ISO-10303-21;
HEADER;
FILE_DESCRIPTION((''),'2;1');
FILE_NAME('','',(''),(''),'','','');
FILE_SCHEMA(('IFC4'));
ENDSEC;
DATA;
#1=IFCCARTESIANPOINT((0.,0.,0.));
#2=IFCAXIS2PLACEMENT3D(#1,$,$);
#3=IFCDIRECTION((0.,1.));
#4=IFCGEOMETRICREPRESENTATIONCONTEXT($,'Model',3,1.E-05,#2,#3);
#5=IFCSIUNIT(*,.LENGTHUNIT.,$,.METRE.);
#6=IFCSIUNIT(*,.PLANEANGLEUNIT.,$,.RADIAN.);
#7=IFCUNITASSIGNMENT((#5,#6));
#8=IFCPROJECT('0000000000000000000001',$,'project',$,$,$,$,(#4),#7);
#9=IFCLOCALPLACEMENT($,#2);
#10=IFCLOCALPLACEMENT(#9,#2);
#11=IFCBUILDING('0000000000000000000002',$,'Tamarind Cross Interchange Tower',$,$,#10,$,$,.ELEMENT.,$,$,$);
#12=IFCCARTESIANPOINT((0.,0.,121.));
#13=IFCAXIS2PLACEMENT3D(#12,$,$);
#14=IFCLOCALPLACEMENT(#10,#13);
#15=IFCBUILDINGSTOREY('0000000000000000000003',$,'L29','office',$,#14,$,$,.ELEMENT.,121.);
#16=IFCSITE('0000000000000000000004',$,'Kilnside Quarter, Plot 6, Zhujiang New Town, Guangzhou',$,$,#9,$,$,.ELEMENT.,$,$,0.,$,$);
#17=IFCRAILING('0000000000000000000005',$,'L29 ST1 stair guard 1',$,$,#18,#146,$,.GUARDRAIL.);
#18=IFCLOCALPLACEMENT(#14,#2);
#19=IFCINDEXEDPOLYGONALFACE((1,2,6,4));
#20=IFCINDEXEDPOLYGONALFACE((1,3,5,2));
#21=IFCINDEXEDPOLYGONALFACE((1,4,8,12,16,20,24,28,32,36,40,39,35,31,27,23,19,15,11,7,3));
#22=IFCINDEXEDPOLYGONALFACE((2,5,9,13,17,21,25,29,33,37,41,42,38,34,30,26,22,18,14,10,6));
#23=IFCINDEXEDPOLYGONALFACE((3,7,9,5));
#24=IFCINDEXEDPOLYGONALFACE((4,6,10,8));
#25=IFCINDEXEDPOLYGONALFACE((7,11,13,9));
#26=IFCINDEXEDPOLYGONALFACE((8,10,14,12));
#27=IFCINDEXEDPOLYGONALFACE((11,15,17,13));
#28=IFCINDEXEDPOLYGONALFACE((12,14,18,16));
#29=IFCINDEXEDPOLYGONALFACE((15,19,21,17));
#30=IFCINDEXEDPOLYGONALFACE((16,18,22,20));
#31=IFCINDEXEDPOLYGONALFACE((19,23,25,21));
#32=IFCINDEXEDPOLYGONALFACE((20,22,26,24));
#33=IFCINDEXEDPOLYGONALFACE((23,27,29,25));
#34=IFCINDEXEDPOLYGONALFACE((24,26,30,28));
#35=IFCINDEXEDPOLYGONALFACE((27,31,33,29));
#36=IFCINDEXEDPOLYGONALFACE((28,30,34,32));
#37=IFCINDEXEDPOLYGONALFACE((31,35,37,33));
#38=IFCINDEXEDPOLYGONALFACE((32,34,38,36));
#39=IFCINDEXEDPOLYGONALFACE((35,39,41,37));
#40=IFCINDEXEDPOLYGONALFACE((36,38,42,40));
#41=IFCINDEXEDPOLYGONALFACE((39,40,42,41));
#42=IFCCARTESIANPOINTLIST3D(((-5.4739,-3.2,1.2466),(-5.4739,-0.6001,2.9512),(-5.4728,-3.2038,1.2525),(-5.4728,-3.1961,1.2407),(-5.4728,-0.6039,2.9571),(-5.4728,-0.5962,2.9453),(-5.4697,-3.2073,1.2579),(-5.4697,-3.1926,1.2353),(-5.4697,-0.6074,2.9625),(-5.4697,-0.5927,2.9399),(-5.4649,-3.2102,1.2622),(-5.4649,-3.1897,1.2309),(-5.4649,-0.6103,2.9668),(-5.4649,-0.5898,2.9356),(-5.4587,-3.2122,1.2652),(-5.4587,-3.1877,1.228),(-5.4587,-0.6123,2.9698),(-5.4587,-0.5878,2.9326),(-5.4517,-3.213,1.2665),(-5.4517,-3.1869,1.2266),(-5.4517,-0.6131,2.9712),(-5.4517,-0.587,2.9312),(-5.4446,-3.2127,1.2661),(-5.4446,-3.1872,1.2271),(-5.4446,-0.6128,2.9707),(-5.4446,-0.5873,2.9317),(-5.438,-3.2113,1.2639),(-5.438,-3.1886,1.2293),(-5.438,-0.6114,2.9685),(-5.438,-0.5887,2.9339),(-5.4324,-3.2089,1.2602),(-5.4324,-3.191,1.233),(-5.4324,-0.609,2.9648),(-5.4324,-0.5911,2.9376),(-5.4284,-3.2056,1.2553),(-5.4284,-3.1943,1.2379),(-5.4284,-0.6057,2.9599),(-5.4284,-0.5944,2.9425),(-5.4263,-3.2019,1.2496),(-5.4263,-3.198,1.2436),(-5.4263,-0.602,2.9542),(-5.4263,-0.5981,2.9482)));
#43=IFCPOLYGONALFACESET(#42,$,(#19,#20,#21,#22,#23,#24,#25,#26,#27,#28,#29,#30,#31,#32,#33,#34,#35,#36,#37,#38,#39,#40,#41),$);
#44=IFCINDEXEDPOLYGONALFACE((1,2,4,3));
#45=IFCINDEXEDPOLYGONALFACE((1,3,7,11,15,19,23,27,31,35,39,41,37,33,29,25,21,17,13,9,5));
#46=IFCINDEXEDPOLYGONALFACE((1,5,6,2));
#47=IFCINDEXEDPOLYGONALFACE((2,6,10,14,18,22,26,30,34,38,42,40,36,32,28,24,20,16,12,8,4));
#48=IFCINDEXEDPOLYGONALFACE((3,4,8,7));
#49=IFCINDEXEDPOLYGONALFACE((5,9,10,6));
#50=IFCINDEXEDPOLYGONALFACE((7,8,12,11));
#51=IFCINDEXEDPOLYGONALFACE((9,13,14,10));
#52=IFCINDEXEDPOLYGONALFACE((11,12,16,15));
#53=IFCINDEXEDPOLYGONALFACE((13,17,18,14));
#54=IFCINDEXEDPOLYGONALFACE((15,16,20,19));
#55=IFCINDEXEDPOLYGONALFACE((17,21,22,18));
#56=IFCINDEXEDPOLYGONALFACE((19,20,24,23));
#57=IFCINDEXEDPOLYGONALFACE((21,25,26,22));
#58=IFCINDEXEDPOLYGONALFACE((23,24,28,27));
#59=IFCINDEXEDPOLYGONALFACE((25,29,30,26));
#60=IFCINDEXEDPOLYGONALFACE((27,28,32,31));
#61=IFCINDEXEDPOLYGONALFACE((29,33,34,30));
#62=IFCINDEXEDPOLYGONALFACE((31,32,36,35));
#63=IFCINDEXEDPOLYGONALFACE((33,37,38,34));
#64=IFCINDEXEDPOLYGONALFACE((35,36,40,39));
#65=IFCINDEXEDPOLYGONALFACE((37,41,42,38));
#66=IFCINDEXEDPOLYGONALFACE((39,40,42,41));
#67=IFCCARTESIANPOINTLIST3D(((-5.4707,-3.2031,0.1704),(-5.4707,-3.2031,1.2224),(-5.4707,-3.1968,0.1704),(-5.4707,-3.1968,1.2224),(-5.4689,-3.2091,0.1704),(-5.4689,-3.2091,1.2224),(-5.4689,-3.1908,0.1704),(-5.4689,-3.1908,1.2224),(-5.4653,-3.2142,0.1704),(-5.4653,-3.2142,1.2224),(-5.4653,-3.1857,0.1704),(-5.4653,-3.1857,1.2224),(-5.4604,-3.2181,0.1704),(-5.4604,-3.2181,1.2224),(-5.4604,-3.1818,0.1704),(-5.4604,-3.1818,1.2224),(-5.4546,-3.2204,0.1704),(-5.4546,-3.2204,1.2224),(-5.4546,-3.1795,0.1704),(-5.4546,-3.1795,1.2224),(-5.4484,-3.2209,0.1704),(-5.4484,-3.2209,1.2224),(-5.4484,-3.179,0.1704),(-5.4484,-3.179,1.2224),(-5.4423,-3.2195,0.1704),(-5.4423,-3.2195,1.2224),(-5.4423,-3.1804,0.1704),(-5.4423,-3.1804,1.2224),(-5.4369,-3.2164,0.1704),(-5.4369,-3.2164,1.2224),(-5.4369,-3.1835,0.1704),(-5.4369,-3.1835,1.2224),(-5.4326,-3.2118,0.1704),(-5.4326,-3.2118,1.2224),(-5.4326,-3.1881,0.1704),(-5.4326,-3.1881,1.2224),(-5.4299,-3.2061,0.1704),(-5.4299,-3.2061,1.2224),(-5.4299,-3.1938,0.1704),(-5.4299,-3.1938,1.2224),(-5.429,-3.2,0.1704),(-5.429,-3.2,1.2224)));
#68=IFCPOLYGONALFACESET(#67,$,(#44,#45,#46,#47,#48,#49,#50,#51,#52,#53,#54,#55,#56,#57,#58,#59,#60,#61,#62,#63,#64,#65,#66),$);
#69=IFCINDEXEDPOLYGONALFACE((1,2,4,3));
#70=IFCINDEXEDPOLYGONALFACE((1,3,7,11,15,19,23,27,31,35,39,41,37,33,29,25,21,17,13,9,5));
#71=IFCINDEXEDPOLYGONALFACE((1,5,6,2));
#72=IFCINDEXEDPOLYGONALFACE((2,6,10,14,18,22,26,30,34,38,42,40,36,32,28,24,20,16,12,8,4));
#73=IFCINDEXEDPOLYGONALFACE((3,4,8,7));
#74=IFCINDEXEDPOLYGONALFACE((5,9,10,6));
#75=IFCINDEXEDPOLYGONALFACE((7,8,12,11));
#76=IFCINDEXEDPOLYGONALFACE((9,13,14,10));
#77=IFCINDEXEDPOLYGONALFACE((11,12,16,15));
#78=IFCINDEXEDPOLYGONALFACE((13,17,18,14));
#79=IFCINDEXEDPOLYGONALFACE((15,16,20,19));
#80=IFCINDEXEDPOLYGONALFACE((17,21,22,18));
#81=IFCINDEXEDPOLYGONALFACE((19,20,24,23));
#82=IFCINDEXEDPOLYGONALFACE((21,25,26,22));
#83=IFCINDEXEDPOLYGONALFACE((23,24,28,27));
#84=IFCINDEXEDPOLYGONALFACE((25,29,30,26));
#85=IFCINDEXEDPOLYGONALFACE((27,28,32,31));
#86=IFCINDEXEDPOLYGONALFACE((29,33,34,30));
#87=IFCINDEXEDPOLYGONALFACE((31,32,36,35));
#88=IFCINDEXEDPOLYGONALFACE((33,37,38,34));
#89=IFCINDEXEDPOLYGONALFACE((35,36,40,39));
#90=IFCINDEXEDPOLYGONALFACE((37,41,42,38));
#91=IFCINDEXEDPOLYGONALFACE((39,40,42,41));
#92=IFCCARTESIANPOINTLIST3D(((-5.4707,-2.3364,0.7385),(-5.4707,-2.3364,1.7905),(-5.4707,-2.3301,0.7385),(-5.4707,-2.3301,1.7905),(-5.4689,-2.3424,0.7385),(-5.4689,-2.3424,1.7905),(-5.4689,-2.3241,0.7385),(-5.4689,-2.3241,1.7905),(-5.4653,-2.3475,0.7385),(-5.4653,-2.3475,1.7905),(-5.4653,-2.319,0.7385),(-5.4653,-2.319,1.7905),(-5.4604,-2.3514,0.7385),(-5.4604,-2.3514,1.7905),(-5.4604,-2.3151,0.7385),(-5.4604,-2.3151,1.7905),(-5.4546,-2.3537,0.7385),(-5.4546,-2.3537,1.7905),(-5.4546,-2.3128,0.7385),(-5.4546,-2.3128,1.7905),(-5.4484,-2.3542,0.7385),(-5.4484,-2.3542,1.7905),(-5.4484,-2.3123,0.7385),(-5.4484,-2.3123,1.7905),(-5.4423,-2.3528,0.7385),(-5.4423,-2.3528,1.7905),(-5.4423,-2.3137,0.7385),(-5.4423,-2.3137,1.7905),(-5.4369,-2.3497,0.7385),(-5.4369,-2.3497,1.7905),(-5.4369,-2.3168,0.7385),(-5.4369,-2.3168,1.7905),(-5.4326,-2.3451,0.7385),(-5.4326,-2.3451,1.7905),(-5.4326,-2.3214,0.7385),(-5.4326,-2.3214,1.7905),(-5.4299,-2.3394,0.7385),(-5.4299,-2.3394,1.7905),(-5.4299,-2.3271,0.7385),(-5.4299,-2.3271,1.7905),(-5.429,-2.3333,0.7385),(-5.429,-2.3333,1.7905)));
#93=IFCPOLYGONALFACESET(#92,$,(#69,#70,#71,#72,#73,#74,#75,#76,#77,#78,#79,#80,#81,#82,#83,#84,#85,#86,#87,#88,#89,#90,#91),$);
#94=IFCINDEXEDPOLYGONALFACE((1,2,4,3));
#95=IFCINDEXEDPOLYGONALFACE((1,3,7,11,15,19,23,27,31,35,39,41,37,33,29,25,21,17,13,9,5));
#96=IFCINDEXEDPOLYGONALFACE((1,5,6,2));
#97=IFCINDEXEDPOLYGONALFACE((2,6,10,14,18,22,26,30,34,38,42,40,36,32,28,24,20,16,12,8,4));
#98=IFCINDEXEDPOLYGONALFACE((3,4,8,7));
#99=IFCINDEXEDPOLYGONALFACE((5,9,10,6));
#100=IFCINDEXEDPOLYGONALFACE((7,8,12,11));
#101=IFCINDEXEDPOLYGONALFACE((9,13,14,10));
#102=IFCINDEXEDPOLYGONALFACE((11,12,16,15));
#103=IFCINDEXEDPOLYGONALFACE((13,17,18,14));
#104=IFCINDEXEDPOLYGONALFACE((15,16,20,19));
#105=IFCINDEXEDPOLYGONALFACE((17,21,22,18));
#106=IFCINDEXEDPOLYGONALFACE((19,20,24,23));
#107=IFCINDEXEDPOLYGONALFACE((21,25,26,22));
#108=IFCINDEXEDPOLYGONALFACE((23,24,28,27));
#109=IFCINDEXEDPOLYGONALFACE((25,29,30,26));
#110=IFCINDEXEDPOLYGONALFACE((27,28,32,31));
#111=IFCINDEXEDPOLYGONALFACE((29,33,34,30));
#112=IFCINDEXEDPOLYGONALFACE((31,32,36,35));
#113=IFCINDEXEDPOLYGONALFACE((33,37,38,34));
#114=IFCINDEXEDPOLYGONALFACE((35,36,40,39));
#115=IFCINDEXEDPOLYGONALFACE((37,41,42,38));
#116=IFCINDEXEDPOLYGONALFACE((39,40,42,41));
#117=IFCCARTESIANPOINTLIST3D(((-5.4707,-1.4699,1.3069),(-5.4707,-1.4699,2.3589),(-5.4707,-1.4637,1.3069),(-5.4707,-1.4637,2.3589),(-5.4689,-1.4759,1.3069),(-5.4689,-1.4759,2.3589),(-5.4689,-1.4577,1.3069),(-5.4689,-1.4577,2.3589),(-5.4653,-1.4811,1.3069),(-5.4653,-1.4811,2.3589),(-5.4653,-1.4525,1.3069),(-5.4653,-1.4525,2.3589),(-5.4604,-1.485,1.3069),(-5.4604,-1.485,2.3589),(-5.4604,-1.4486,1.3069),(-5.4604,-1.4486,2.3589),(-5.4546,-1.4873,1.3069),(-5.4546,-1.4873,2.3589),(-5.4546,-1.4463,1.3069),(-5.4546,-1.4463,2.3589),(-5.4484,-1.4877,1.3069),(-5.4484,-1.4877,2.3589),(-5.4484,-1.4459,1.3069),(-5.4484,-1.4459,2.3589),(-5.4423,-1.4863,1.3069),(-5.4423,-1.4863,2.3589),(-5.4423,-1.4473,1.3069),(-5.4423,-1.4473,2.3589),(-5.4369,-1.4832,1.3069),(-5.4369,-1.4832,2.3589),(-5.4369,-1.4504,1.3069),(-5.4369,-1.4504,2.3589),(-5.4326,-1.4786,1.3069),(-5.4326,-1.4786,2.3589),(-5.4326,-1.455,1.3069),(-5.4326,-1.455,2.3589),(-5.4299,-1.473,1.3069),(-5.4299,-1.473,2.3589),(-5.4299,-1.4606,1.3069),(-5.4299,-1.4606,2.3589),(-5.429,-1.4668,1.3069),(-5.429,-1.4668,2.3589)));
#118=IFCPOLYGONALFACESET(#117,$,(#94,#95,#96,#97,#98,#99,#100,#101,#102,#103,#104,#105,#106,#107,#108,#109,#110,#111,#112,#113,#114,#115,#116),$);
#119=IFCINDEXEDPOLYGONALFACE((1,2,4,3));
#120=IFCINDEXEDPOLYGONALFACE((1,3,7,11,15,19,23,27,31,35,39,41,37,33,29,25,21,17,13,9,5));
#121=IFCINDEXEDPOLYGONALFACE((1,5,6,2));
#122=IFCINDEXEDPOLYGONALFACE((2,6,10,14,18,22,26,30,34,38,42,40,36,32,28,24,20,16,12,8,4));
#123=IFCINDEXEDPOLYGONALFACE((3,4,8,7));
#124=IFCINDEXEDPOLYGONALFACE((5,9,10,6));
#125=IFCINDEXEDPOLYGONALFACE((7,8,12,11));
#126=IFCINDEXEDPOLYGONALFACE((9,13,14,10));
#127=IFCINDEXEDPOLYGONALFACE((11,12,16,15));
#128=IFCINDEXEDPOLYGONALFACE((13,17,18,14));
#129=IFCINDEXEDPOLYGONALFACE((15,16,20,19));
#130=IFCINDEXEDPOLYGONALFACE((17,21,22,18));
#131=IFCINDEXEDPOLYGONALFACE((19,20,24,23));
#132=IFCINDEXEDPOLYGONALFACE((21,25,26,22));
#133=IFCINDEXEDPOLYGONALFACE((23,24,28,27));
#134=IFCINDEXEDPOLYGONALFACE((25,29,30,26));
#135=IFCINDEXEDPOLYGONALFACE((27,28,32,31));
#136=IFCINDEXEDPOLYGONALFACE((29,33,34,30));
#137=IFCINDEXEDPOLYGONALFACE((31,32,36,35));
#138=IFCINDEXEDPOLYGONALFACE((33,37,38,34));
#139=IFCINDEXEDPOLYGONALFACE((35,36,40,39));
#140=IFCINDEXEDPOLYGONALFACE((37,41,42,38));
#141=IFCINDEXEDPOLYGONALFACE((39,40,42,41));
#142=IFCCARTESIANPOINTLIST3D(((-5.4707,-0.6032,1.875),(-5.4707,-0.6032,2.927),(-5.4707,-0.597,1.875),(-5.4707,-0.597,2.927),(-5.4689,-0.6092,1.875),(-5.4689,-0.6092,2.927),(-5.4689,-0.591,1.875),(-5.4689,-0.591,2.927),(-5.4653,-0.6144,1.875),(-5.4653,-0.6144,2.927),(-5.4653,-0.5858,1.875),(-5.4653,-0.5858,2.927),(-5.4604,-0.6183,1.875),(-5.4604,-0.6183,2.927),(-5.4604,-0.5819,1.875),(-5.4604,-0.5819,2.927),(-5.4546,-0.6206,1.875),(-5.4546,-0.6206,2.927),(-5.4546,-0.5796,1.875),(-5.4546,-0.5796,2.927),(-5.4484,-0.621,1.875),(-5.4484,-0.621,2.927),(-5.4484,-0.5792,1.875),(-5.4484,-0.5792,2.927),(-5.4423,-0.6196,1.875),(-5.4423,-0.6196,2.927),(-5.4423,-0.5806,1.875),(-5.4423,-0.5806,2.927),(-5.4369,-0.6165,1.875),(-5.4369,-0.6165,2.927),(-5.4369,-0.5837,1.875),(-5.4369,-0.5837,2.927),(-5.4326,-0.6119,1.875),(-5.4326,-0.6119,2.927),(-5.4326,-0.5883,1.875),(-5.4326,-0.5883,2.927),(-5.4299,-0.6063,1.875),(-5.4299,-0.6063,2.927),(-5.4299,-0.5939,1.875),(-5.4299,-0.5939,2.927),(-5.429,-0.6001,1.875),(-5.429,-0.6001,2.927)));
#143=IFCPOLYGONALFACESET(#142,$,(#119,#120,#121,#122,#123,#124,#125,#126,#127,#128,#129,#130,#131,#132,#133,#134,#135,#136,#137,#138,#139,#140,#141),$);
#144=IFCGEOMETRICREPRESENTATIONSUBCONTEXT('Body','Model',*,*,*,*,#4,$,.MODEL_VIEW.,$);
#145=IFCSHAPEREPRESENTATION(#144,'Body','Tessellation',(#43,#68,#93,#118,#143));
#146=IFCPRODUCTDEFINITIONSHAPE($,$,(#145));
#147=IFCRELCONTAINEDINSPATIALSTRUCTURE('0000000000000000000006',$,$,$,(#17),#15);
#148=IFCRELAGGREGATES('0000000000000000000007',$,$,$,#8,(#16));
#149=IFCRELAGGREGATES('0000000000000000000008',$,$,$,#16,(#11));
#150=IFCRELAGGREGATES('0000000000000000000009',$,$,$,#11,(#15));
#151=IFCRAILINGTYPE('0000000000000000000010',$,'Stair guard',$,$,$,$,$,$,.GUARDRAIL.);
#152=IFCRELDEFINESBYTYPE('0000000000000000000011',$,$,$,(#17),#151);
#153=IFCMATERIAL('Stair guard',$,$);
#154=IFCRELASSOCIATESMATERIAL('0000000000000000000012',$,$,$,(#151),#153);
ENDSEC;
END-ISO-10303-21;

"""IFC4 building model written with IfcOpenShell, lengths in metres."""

from ifc_helpers import new_model, si_unit, direction, frame, origin, origin_2d, place, context, subcontext, project, spatial, circle, extrude, material, type_object, element, save


model = new_model("IFC4")

# Units and contexts
model_context = context("Model", 3, precision=1e-05, world=origin(), true_north=direction((0.0, 1.0)))
body_context = subcontext(model_context, "Body", "Model", "MODEL_VIEW")
ifc_project = project(units=[si_unit("LENGTHUNIT", "METRE"), si_unit("PLANEANGLEUNIT", "RADIAN")], contexts=[model_context])

# Site, building, storey
site_placement = place(None, origin())
site = spatial("IfcSite", under=ifc_project, at=site_placement, Name="Kilnside Quarter, Plot 6, Zhujiang New Town, Guangzhou", CompositionType="ELEMENT", RefElevation=0.0)
building_placement = place(site_placement, origin())
building = spatial("IfcBuilding", under=site, at=building_placement, Name="Tamarind Cross Interchange Tower", CompositionType="ELEMENT")
storey_placement = place(building_placement, frame((0.0, 0.0, 121.0)))
storey = spatial("IfcBuildingStorey", under=building, at=storey_placement, Name="L29", Description="office", CompositionType="ELEMENT", Elevation=121.0)

# Railing
ifc_material_1 = material(Name="Stair guard")
railing_type_1 = type_object("IfcRailingType", Name="Stair guard", PredefinedType="GUARDRAIL", material=ifc_material_1)
railing_1_placement = place(storey_placement, frame((-5.45, -3.2, 0.1704)))
element("IfcRailing", 1, at=railing_1_placement, inside=storey, type_object=railing_type_1, Name="L29 ST1 stair guard 1", PredefinedType="GUARDRAIL", context=body_context, shape_type="SweptSolid", body=[
    extrude(circle(Radius=0.0239, at=origin_2d()), frame((0.0, 0.0, 1.0762), z_axis=(0.0, 0.836279, 0.548305), x_axis=(-1.0, 0.0, 0.0)), (0.0, 0.0, 1.0), 3.1089),
    extrude(circle(Radius=0.021, at=origin_2d()), origin(), (0.0, 0.0, 1.0), 1.052),
    extrude(circle(Radius=0.021, at=origin_2d()), frame((0.0, 0.8667, 0.5681)), (0.0, 0.0, 1.0), 1.052),
    extrude(circle(Radius=0.021, at=origin_2d()), frame((0.0, 1.7332, 1.1365)), (0.0, 0.0, 1.0), 1.052),
    extrude(circle(Radius=0.021, at=origin_2d()), frame((0.0, 2.5999, 1.7046)), (0.0, 0.0, 1.0), 1.052),
])

save(model, "model.ifc")
